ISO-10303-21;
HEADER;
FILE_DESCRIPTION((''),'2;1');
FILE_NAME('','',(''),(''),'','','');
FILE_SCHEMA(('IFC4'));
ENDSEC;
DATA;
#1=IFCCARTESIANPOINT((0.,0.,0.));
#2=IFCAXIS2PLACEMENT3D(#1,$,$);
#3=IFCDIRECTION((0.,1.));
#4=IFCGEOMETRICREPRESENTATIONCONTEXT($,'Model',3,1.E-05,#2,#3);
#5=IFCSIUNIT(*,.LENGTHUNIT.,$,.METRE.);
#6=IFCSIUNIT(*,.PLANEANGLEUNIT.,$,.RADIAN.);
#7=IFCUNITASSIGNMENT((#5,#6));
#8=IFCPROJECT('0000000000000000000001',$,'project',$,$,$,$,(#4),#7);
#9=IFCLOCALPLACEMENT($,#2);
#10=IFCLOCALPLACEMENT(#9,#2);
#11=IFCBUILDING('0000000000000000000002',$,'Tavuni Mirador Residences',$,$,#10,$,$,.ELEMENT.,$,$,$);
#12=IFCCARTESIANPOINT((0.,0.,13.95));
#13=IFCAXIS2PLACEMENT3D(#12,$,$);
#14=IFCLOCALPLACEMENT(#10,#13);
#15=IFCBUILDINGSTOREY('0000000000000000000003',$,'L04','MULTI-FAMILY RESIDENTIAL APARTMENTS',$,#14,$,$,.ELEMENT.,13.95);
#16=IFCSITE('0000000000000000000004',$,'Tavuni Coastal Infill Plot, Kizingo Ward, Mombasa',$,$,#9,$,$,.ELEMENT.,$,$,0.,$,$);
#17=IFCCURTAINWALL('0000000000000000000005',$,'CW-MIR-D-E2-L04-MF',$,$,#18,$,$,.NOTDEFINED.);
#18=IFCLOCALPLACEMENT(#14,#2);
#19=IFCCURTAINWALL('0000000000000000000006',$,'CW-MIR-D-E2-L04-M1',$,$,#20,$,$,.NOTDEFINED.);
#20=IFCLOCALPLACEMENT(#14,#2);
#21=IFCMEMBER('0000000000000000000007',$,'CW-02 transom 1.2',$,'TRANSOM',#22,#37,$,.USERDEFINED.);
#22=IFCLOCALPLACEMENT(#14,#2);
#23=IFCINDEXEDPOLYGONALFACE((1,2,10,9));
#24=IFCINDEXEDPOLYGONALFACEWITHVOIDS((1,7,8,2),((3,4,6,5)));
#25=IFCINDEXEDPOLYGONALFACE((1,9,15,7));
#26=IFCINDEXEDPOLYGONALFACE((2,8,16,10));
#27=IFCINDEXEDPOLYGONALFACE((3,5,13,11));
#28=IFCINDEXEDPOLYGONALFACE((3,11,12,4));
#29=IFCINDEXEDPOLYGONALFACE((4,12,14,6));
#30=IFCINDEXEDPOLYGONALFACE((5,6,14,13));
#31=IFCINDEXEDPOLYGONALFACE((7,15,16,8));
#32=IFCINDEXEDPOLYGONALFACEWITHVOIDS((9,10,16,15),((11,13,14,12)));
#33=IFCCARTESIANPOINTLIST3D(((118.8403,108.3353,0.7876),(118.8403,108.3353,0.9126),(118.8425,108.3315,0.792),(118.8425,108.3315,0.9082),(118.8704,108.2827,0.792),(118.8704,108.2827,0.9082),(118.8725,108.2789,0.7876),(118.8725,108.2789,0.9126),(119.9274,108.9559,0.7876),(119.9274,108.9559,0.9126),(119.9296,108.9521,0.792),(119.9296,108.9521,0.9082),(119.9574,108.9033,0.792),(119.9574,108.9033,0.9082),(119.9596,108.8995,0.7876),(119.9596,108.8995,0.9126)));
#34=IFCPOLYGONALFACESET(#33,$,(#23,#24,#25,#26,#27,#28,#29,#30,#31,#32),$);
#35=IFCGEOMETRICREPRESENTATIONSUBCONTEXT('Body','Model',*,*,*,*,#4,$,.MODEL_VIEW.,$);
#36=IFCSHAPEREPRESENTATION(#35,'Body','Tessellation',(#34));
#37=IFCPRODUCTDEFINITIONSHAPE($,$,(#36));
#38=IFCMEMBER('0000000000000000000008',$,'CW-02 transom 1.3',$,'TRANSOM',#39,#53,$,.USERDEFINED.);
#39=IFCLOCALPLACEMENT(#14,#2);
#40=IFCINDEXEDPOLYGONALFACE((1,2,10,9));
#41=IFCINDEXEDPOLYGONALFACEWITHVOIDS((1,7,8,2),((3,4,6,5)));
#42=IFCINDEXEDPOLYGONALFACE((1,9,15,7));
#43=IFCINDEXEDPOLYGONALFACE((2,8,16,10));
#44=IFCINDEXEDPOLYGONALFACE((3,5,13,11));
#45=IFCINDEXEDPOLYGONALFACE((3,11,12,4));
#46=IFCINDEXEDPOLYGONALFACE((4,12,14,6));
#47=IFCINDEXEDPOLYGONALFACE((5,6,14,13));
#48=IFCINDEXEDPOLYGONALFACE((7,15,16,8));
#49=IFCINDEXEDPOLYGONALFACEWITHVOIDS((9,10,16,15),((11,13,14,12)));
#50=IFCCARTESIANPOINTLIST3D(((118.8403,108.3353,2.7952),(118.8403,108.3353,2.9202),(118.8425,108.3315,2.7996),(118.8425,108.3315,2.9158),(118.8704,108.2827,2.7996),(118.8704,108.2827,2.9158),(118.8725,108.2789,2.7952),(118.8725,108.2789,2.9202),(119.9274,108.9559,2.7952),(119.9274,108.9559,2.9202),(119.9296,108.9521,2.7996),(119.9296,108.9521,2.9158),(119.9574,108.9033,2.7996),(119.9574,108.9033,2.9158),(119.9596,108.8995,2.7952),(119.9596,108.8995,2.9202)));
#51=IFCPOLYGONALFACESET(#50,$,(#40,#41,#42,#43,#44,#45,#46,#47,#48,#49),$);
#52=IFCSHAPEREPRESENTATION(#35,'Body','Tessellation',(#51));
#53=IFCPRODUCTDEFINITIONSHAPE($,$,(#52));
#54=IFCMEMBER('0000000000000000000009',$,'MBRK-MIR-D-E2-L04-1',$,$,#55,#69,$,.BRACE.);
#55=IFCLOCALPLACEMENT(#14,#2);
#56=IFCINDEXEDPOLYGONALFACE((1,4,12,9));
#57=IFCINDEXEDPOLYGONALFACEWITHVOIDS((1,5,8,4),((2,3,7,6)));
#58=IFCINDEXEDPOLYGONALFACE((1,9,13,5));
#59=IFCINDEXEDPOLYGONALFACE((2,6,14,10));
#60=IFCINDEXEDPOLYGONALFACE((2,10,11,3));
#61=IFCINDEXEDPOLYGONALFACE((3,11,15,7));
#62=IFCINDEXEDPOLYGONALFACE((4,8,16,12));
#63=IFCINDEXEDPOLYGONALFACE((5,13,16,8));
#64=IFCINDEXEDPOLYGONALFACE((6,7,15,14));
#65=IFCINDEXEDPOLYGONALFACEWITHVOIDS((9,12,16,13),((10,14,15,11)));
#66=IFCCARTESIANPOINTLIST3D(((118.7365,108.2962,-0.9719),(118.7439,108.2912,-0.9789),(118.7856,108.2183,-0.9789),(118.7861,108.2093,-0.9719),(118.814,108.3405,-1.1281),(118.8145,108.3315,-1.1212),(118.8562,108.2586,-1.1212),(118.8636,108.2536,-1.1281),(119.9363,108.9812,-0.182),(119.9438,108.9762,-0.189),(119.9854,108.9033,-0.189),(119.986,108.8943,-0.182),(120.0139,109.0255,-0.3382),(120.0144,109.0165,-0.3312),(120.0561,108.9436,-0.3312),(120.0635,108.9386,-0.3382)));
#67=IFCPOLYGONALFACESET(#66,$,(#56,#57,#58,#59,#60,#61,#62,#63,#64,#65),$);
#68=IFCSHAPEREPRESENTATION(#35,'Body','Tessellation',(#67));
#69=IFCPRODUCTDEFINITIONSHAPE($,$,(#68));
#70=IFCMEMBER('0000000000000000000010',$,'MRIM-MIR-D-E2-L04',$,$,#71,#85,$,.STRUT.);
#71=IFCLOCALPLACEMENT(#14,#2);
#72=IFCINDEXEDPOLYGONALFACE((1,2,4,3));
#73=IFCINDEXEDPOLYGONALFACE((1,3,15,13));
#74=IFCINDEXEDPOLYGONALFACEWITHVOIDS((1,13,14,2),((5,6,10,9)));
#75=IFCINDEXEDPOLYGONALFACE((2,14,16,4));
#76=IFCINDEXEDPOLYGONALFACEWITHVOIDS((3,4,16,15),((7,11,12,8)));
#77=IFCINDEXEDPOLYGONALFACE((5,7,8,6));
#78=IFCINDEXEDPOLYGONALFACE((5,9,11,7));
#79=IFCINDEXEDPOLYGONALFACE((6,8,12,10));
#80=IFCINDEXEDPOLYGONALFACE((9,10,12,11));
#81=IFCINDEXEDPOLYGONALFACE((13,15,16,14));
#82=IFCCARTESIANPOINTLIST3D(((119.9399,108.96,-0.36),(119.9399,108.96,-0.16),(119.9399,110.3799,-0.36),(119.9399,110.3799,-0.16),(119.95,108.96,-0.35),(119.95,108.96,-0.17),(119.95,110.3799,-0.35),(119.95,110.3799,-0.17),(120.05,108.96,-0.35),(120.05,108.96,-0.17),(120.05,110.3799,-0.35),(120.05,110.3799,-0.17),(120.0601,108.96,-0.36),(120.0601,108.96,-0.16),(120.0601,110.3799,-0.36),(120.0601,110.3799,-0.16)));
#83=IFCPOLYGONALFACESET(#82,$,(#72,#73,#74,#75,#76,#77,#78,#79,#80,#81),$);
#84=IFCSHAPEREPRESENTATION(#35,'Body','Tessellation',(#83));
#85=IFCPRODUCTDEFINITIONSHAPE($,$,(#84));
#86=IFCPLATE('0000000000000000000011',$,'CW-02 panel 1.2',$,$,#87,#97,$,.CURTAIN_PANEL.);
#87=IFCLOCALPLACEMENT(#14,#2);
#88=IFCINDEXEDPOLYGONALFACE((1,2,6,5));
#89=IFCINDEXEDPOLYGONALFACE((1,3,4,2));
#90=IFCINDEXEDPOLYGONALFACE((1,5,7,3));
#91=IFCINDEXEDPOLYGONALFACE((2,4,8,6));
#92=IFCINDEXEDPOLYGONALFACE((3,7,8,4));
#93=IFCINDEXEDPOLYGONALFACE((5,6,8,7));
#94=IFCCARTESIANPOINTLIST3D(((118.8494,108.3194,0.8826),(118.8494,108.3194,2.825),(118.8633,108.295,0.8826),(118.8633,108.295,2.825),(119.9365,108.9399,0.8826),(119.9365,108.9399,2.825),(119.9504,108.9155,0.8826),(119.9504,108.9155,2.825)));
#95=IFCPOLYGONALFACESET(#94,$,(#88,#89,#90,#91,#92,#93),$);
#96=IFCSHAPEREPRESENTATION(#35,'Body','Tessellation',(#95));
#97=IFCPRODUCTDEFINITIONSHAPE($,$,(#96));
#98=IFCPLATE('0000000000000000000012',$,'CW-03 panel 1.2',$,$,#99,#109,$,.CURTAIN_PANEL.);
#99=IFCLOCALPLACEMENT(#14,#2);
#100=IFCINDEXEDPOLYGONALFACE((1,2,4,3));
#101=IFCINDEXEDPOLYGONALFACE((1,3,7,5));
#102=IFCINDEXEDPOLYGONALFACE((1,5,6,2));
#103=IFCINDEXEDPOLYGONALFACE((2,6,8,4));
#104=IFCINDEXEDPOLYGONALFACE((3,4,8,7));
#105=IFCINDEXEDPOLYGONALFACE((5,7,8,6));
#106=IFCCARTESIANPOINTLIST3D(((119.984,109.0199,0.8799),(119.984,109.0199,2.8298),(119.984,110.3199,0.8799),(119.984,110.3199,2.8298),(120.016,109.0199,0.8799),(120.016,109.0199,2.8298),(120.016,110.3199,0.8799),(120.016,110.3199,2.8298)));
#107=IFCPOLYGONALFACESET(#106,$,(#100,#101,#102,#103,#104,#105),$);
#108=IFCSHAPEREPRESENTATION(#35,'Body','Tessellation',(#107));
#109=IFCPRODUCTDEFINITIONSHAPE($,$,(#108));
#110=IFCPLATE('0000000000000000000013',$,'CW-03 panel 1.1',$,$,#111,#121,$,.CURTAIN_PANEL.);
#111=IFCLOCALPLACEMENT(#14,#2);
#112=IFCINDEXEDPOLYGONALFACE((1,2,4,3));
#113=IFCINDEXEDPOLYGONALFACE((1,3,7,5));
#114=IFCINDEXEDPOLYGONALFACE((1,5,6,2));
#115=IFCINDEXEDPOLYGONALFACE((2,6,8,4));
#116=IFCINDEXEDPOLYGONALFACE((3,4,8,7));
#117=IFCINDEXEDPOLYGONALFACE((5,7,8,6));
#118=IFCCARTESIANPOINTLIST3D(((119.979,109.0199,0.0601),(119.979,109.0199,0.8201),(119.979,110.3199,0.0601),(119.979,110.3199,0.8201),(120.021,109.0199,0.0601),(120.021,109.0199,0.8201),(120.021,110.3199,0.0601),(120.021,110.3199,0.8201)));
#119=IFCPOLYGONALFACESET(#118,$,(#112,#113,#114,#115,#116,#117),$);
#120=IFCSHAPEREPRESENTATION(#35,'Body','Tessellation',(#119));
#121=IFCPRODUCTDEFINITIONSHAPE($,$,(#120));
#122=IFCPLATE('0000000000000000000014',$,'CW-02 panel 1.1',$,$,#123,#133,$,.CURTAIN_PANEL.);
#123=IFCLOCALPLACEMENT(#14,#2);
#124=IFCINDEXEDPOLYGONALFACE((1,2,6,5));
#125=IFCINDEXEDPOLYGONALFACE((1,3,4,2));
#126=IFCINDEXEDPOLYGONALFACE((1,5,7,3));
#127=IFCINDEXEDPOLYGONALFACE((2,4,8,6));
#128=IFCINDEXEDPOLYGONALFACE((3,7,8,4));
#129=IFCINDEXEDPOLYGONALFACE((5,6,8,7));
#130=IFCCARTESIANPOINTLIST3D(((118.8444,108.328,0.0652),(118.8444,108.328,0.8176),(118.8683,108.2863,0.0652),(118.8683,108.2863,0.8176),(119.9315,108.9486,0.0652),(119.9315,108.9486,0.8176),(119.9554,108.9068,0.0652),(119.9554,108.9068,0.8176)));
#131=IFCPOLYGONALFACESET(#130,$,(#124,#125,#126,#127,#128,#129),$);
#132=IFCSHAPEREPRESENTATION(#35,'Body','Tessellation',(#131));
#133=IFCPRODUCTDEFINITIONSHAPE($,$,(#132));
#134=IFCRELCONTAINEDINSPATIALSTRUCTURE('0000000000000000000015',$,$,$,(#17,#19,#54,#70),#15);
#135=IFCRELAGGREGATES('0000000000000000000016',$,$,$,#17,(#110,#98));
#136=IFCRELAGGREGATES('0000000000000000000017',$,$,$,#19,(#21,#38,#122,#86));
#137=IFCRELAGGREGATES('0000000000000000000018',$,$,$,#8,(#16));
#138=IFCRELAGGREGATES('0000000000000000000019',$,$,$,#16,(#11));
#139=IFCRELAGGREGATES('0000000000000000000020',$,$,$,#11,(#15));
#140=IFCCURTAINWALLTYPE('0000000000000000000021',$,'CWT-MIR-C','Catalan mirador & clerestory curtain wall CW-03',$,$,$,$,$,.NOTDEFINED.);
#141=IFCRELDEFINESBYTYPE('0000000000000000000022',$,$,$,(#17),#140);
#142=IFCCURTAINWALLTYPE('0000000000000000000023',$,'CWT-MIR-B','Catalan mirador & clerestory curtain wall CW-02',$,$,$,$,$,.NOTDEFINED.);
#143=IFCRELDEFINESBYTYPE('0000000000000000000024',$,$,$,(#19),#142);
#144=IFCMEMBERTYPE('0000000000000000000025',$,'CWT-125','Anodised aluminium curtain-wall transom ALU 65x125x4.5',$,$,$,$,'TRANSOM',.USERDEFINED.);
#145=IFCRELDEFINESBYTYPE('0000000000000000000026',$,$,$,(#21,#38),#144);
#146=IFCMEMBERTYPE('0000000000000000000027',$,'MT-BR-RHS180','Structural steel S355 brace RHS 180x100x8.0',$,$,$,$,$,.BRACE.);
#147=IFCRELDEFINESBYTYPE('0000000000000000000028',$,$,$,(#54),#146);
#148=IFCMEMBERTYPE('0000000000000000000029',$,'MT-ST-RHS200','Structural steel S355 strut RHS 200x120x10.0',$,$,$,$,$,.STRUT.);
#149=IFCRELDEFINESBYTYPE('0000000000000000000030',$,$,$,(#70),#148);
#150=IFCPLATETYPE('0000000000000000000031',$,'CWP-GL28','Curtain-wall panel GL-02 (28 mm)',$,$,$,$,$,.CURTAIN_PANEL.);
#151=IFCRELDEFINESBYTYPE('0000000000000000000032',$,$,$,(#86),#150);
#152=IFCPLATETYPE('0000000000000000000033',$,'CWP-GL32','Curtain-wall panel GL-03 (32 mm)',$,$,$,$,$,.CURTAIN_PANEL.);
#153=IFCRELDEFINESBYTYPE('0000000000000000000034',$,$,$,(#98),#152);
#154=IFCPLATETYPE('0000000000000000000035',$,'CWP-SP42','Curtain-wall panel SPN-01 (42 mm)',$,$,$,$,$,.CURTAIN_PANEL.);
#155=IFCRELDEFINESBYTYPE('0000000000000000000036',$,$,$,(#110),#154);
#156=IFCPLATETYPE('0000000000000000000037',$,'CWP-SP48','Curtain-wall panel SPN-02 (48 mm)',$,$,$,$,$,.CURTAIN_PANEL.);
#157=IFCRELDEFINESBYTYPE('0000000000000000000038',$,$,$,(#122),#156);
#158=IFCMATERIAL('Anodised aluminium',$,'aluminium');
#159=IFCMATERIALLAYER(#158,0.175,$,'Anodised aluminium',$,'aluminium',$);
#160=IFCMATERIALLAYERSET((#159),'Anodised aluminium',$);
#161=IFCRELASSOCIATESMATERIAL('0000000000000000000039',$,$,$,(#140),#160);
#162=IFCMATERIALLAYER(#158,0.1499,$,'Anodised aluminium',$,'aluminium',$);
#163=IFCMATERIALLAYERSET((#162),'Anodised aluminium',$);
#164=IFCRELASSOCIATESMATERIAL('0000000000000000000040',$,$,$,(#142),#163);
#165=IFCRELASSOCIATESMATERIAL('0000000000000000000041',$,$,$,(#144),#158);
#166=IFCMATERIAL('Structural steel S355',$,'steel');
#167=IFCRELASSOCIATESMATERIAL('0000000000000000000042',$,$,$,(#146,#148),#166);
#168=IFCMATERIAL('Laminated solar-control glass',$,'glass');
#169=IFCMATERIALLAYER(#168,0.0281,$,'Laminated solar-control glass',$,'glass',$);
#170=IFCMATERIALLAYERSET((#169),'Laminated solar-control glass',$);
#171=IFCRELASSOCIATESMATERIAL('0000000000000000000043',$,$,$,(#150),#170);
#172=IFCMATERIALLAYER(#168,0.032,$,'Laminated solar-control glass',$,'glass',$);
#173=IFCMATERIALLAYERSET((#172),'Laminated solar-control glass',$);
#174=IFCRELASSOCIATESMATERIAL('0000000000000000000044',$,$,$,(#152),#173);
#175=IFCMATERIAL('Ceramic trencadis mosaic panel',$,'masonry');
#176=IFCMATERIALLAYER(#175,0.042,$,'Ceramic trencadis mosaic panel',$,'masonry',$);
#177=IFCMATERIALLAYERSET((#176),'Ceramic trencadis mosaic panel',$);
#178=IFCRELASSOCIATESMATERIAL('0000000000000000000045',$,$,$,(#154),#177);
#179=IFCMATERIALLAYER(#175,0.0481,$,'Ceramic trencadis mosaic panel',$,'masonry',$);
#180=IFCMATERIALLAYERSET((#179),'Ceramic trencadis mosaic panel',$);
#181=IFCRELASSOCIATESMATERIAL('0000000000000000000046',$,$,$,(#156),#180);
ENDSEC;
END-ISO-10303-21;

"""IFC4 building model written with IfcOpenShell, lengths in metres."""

from ifc_helpers import new_model, si_unit, direction, frame, origin, origin_2d, place, context, subcontext, project, spatial, rectangle, hollow_rectangle, extrude, material, layer, layer_set, material_profile, profile_set, type_object, element, aggregate, save


model = new_model("IFC4")

# Units and contexts
model_context = context("Model", 3, precision=1e-05, world=origin(), true_north=direction((0.0, 1.0)))
body_context = subcontext(model_context, "Body", "Model", "MODEL_VIEW")
ifc_project = project(units=[si_unit("LENGTHUNIT", "METRE"), si_unit("PLANEANGLEUNIT", "RADIAN")], contexts=[model_context])

# Site, building, storey
site_placement = place(None, origin())
site = spatial("IfcSite", under=ifc_project, at=site_placement, Name="Tavuni Coastal Infill Plot, Kizingo Ward, Mombasa", CompositionType="ELEMENT", RefElevation=0.0)
building_placement = place(site_placement, origin())
building = spatial("IfcBuilding", under=site, at=building_placement, Name="Tavuni Mirador Residences", CompositionType="ELEMENT")
storey_placement = place(building_placement, frame((0.0, 0.0, 13.95)))
storey = spatial("IfcBuildingStorey", under=building, at=storey_placement, Name="L04", Description="MULTI-FAMILY RESIDENTIAL APARTMENTS", CompositionType="ELEMENT", Elevation=13.95)

# Curtain wall
ifc_material_1 = material(Name="Anodised aluminium", Category="aluminium")
ifc_layer_1 = layer(ifc_material_1, 0.175, Name="Anodised aluminium", Category="aluminium")
ifc_layer_set_1 = layer_set([ifc_layer_1], Name="Anodised aluminium")
curtain_wall_type_1 = type_object("IfcCurtainWallType", Name="CWT-MIR-C", Description="Catalan mirador & clerestory curtain wall CW-03", PredefinedType="NOTDEFINED", material=ifc_layer_set_1)
curtain_wall_1_placement = place(storey_placement, origin())
curtain_wall_1 = element("IfcCurtainWall", 1, at=curtain_wall_1_placement, inside=storey, type_object=curtain_wall_type_1, Name="CW-MIR-D-E2-L04-MF", PredefinedType="NOTDEFINED")

# Curtain wall
ifc_layer_2 = layer(ifc_material_1, 0.1499, Name="Anodised aluminium", Category="aluminium")
ifc_layer_set_2 = layer_set([ifc_layer_2], Name="Anodised aluminium")
curtain_wall_type_2 = type_object("IfcCurtainWallType", Name="CWT-MIR-B", Description="Catalan mirador & clerestory curtain wall CW-02", PredefinedType="NOTDEFINED", material=ifc_layer_set_2)
curtain_wall_2_placement = place(storey_placement, origin())
curtain_wall_2 = element("IfcCurtainWall", 2, at=curtain_wall_2_placement, inside=storey, type_object=curtain_wall_type_2, Name="CW-MIR-D-E2-L04-M1", PredefinedType="NOTDEFINED")

# Members
ifc_material_profile_1 = material_profile(ifc_material_1, hollow_rectangle(XDim=0.0649, YDim=0.125, WallThickness=0.0044, at=origin_2d()), Name="ALU 65x125x4.5", Category="aluminium")
ifc_profile_set_1 = profile_set([ifc_material_profile_1], Name="Anodised aluminium")
member_type_1 = type_object("IfcMemberType", Name="CWT-125", Description="Anodised aluminium curtain-wall transom ALU 65x125x4.5", ElementType="TRANSOM", PredefinedType="USERDEFINED", material=ifc_profile_set_1)
member_1_placement = place(storey_placement, frame((118.8564, 108.3071, 0.8501), z_axis=(0.868459, 0.495761, 0.0), x_axis=(-0.495761, 0.868459, 0.0)))
member_1 = element("IfcMember", 3, at=member_1_placement, type_object=member_type_1, Name="CW-02 transom 1.2", ObjectType="TRANSOM", PredefinedType="USERDEFINED", context=body_context, shape_type="SweptSolid", body=[
    extrude(hollow_rectangle(XDim=0.0649, YDim=0.125, WallThickness=0.0044, at=origin_2d()), origin(), (0.0, 0.0, 1.0), 1.2517),
])
member_2_placement = place(storey_placement, frame((118.8564, 108.3071, 2.8577), z_axis=(0.868459, 0.495761, 0.0), x_axis=(-0.495761, 0.868459, 0.0)))
member_2 = element("IfcMember", 4, at=member_2_placement, type_object=member_type_1, Name="CW-02 transom 1.3", ObjectType="TRANSOM", PredefinedType="USERDEFINED", context=body_context, shape_type="SweptSolid", body=[
    extrude(hollow_rectangle(XDim=0.0649, YDim=0.125, WallThickness=0.0044, at=origin_2d()), origin(), (0.0, 0.0, 1.0), 1.2517),
])

# Members
ifc_material_2 = material(Name="Structural steel S355", Category="steel")
ifc_material_profile_2 = material_profile(ifc_material_2, hollow_rectangle(XDim=0.1001, YDim=0.1799, WallThickness=0.0081, at=origin_2d()), Name="RHS 180x100x8.0", Category="steel")
ifc_profile_set_2 = profile_set([ifc_material_profile_2], Name="Structural steel S355")
member_type_2 = type_object("IfcMemberType", Name="MT-BR-RHS180", Description="Structural steel S355 brace RHS 180x100x8.0", PredefinedType="BRACE", material=ifc_profile_set_2)
member_3_placement = place(storey_placement, frame((118.8, 108.2749, -1.05), z_axis=(0.753904, 0.430408, 0.496365), x_axis=(-0.495796, 0.868439, 0.0)))
element("IfcMember", 5, at=member_3_placement, inside=storey, type_object=member_type_2, Name="MBRK-MIR-D-E2-L04-1", PredefinedType="BRACE", context=body_context, shape_type="SweptSolid", body=[
    extrude(hollow_rectangle(XDim=0.1001, YDim=0.1799, WallThickness=0.0081, at=origin_2d()), origin(), (0.0, 0.0, 1.0), 1.5916),
])
ifc_material_profile_3 = material_profile(ifc_material_2, hollow_rectangle(XDim=0.1201, YDim=0.2, WallThickness=0.01, at=origin_2d()), Name="RHS 200x120x10.0", Category="steel")
ifc_profile_set_3 = profile_set([ifc_material_profile_3], Name="Structural steel S355")
member_type_3 = type_object("IfcMemberType", Name="MT-ST-RHS200", Description="Structural steel S355 strut RHS 200x120x10.0", PredefinedType="STRUT", material=ifc_profile_set_3)
member_4_placement = place(storey_placement, frame((120.0, 108.96, -0.26), z_axis=(0.0, 1.0, 0.0), x_axis=(-1.0, 0.0, 0.0)))
element("IfcMember", 6, at=member_4_placement, inside=storey, type_object=member_type_3, Name="MRIM-MIR-D-E2-L04", PredefinedType="STRUT", context=body_context, shape_type="SweptSolid", body=[
    extrude(hollow_rectangle(XDim=0.1201, YDim=0.2, WallThickness=0.01, at=origin_2d()), origin(), (0.0, 0.0, 1.0), 1.4199),
])

# Plates
ifc_material_3 = material(Name="Laminated solar-control glass", Category="glass")
ifc_layer_3 = layer(ifc_material_3, 0.0281, Name="Laminated solar-control glass", Category="glass")
ifc_layer_set_3 = layer_set([ifc_layer_3], Name="Laminated solar-control glass")
plate_type_1 = type_object("IfcPlateType", Name="CWP-GL28", Description="Curtain-wall panel GL-02 (28 mm)", PredefinedType="CURTAIN_PANEL", material=ifc_layer_set_3)
plate_1_placement = place(storey_placement, frame((119.3999, 108.6174, 0.8826), z_axis=(0.0, 0.0, 1.0), x_axis=(0.868466, 0.495749, 0.0)))
plate_1 = element("IfcPlate", 7, at=plate_1_placement, type_object=plate_type_1, Name="CW-02 panel 1.2", PredefinedType="CURTAIN_PANEL", context=body_context, shape_type="SweptSolid", body=[
    extrude(rectangle(XDim=1.2517, YDim=0.0281, at=origin_2d()), origin(), (0.0, 0.0, 1.0), 1.9424),
])
ifc_layer_4 = layer(ifc_material_3, 0.032, Name="Laminated solar-control glass", Category="glass")
ifc_layer_set_4 = layer_set([ifc_layer_4], Name="Laminated solar-control glass")
plate_type_2 = type_object("IfcPlateType", Name="CWP-GL32", Description="Curtain-wall panel GL-03 (32 mm)", PredefinedType="CURTAIN_PANEL", material=ifc_layer_set_4)
plate_2_placement = place(storey_placement, frame((120.0, 109.6699, 0.8799), z_axis=(0.0, 0.0, 1.0), x_axis=(0.0, 1.0, 0.0)))
plate_2 = element("IfcPlate", 8, at=plate_2_placement, type_object=plate_type_2, Name="CW-03 panel 1.2", PredefinedType="CURTAIN_PANEL", context=body_context, shape_type="SweptSolid", body=[
    extrude(rectangle(XDim=1.3, YDim=0.032, at=origin_2d()), origin(), (0.0, 0.0, 1.0), 1.95),
])
ifc_material_4 = material(Name="Ceramic trencadis mosaic panel", Category="masonry")
ifc_layer_5 = layer(ifc_material_4, 0.042, Name="Ceramic trencadis mosaic panel", Category="masonry")
ifc_layer_set_5 = layer_set([ifc_layer_5], Name="Ceramic trencadis mosaic panel")
plate_type_3 = type_object("IfcPlateType", Name="CWP-SP42", Description="Curtain-wall panel SPN-01 (42 mm)", PredefinedType="CURTAIN_PANEL", material=ifc_layer_set_5)
plate_3_placement = place(storey_placement, frame((120.0, 109.6699, 0.0601), z_axis=(0.0, 0.0, 1.0), x_axis=(0.0, 1.0, 0.0)))
plate_3 = element("IfcPlate", 9, at=plate_3_placement, type_object=plate_type_3, Name="CW-03 panel 1.1", PredefinedType="CURTAIN_PANEL", context=body_context, shape_type="SweptSolid", body=[
    extrude(rectangle(XDim=1.3, YDim=0.042, at=origin_2d()), origin(), (0.0, 0.0, 1.0), 0.76),
])
aggregate(curtain_wall_1, [plate_3, plate_2])
ifc_layer_6 = layer(ifc_material_4, 0.0481, Name="Ceramic trencadis mosaic panel", Category="masonry")
ifc_layer_set_6 = layer_set([ifc_layer_6], Name="Ceramic trencadis mosaic panel")
plate_type_4 = type_object("IfcPlateType", Name="CWP-SP48", Description="Curtain-wall panel SPN-02 (48 mm)", PredefinedType="CURTAIN_PANEL", material=ifc_layer_set_6)
plate_4_placement = place(storey_placement, frame((119.3999, 108.6174, 0.0652), z_axis=(0.0, 0.0, 1.0), x_axis=(0.868466, 0.495749, 0.0)))
plate_4 = element("IfcPlate", 10, at=plate_4_placement, type_object=plate_type_4, Name="CW-02 panel 1.1", PredefinedType="CURTAIN_PANEL", context=body_context, shape_type="SweptSolid", body=[
    extrude(rectangle(XDim=1.2517, YDim=0.0481, at=origin_2d()), origin(), (0.0, 0.0, 1.0), 0.7524),
])
aggregate(curtain_wall_2, [member_1, member_2, plate_4, plate_1])

save(model, "model.ifc")
